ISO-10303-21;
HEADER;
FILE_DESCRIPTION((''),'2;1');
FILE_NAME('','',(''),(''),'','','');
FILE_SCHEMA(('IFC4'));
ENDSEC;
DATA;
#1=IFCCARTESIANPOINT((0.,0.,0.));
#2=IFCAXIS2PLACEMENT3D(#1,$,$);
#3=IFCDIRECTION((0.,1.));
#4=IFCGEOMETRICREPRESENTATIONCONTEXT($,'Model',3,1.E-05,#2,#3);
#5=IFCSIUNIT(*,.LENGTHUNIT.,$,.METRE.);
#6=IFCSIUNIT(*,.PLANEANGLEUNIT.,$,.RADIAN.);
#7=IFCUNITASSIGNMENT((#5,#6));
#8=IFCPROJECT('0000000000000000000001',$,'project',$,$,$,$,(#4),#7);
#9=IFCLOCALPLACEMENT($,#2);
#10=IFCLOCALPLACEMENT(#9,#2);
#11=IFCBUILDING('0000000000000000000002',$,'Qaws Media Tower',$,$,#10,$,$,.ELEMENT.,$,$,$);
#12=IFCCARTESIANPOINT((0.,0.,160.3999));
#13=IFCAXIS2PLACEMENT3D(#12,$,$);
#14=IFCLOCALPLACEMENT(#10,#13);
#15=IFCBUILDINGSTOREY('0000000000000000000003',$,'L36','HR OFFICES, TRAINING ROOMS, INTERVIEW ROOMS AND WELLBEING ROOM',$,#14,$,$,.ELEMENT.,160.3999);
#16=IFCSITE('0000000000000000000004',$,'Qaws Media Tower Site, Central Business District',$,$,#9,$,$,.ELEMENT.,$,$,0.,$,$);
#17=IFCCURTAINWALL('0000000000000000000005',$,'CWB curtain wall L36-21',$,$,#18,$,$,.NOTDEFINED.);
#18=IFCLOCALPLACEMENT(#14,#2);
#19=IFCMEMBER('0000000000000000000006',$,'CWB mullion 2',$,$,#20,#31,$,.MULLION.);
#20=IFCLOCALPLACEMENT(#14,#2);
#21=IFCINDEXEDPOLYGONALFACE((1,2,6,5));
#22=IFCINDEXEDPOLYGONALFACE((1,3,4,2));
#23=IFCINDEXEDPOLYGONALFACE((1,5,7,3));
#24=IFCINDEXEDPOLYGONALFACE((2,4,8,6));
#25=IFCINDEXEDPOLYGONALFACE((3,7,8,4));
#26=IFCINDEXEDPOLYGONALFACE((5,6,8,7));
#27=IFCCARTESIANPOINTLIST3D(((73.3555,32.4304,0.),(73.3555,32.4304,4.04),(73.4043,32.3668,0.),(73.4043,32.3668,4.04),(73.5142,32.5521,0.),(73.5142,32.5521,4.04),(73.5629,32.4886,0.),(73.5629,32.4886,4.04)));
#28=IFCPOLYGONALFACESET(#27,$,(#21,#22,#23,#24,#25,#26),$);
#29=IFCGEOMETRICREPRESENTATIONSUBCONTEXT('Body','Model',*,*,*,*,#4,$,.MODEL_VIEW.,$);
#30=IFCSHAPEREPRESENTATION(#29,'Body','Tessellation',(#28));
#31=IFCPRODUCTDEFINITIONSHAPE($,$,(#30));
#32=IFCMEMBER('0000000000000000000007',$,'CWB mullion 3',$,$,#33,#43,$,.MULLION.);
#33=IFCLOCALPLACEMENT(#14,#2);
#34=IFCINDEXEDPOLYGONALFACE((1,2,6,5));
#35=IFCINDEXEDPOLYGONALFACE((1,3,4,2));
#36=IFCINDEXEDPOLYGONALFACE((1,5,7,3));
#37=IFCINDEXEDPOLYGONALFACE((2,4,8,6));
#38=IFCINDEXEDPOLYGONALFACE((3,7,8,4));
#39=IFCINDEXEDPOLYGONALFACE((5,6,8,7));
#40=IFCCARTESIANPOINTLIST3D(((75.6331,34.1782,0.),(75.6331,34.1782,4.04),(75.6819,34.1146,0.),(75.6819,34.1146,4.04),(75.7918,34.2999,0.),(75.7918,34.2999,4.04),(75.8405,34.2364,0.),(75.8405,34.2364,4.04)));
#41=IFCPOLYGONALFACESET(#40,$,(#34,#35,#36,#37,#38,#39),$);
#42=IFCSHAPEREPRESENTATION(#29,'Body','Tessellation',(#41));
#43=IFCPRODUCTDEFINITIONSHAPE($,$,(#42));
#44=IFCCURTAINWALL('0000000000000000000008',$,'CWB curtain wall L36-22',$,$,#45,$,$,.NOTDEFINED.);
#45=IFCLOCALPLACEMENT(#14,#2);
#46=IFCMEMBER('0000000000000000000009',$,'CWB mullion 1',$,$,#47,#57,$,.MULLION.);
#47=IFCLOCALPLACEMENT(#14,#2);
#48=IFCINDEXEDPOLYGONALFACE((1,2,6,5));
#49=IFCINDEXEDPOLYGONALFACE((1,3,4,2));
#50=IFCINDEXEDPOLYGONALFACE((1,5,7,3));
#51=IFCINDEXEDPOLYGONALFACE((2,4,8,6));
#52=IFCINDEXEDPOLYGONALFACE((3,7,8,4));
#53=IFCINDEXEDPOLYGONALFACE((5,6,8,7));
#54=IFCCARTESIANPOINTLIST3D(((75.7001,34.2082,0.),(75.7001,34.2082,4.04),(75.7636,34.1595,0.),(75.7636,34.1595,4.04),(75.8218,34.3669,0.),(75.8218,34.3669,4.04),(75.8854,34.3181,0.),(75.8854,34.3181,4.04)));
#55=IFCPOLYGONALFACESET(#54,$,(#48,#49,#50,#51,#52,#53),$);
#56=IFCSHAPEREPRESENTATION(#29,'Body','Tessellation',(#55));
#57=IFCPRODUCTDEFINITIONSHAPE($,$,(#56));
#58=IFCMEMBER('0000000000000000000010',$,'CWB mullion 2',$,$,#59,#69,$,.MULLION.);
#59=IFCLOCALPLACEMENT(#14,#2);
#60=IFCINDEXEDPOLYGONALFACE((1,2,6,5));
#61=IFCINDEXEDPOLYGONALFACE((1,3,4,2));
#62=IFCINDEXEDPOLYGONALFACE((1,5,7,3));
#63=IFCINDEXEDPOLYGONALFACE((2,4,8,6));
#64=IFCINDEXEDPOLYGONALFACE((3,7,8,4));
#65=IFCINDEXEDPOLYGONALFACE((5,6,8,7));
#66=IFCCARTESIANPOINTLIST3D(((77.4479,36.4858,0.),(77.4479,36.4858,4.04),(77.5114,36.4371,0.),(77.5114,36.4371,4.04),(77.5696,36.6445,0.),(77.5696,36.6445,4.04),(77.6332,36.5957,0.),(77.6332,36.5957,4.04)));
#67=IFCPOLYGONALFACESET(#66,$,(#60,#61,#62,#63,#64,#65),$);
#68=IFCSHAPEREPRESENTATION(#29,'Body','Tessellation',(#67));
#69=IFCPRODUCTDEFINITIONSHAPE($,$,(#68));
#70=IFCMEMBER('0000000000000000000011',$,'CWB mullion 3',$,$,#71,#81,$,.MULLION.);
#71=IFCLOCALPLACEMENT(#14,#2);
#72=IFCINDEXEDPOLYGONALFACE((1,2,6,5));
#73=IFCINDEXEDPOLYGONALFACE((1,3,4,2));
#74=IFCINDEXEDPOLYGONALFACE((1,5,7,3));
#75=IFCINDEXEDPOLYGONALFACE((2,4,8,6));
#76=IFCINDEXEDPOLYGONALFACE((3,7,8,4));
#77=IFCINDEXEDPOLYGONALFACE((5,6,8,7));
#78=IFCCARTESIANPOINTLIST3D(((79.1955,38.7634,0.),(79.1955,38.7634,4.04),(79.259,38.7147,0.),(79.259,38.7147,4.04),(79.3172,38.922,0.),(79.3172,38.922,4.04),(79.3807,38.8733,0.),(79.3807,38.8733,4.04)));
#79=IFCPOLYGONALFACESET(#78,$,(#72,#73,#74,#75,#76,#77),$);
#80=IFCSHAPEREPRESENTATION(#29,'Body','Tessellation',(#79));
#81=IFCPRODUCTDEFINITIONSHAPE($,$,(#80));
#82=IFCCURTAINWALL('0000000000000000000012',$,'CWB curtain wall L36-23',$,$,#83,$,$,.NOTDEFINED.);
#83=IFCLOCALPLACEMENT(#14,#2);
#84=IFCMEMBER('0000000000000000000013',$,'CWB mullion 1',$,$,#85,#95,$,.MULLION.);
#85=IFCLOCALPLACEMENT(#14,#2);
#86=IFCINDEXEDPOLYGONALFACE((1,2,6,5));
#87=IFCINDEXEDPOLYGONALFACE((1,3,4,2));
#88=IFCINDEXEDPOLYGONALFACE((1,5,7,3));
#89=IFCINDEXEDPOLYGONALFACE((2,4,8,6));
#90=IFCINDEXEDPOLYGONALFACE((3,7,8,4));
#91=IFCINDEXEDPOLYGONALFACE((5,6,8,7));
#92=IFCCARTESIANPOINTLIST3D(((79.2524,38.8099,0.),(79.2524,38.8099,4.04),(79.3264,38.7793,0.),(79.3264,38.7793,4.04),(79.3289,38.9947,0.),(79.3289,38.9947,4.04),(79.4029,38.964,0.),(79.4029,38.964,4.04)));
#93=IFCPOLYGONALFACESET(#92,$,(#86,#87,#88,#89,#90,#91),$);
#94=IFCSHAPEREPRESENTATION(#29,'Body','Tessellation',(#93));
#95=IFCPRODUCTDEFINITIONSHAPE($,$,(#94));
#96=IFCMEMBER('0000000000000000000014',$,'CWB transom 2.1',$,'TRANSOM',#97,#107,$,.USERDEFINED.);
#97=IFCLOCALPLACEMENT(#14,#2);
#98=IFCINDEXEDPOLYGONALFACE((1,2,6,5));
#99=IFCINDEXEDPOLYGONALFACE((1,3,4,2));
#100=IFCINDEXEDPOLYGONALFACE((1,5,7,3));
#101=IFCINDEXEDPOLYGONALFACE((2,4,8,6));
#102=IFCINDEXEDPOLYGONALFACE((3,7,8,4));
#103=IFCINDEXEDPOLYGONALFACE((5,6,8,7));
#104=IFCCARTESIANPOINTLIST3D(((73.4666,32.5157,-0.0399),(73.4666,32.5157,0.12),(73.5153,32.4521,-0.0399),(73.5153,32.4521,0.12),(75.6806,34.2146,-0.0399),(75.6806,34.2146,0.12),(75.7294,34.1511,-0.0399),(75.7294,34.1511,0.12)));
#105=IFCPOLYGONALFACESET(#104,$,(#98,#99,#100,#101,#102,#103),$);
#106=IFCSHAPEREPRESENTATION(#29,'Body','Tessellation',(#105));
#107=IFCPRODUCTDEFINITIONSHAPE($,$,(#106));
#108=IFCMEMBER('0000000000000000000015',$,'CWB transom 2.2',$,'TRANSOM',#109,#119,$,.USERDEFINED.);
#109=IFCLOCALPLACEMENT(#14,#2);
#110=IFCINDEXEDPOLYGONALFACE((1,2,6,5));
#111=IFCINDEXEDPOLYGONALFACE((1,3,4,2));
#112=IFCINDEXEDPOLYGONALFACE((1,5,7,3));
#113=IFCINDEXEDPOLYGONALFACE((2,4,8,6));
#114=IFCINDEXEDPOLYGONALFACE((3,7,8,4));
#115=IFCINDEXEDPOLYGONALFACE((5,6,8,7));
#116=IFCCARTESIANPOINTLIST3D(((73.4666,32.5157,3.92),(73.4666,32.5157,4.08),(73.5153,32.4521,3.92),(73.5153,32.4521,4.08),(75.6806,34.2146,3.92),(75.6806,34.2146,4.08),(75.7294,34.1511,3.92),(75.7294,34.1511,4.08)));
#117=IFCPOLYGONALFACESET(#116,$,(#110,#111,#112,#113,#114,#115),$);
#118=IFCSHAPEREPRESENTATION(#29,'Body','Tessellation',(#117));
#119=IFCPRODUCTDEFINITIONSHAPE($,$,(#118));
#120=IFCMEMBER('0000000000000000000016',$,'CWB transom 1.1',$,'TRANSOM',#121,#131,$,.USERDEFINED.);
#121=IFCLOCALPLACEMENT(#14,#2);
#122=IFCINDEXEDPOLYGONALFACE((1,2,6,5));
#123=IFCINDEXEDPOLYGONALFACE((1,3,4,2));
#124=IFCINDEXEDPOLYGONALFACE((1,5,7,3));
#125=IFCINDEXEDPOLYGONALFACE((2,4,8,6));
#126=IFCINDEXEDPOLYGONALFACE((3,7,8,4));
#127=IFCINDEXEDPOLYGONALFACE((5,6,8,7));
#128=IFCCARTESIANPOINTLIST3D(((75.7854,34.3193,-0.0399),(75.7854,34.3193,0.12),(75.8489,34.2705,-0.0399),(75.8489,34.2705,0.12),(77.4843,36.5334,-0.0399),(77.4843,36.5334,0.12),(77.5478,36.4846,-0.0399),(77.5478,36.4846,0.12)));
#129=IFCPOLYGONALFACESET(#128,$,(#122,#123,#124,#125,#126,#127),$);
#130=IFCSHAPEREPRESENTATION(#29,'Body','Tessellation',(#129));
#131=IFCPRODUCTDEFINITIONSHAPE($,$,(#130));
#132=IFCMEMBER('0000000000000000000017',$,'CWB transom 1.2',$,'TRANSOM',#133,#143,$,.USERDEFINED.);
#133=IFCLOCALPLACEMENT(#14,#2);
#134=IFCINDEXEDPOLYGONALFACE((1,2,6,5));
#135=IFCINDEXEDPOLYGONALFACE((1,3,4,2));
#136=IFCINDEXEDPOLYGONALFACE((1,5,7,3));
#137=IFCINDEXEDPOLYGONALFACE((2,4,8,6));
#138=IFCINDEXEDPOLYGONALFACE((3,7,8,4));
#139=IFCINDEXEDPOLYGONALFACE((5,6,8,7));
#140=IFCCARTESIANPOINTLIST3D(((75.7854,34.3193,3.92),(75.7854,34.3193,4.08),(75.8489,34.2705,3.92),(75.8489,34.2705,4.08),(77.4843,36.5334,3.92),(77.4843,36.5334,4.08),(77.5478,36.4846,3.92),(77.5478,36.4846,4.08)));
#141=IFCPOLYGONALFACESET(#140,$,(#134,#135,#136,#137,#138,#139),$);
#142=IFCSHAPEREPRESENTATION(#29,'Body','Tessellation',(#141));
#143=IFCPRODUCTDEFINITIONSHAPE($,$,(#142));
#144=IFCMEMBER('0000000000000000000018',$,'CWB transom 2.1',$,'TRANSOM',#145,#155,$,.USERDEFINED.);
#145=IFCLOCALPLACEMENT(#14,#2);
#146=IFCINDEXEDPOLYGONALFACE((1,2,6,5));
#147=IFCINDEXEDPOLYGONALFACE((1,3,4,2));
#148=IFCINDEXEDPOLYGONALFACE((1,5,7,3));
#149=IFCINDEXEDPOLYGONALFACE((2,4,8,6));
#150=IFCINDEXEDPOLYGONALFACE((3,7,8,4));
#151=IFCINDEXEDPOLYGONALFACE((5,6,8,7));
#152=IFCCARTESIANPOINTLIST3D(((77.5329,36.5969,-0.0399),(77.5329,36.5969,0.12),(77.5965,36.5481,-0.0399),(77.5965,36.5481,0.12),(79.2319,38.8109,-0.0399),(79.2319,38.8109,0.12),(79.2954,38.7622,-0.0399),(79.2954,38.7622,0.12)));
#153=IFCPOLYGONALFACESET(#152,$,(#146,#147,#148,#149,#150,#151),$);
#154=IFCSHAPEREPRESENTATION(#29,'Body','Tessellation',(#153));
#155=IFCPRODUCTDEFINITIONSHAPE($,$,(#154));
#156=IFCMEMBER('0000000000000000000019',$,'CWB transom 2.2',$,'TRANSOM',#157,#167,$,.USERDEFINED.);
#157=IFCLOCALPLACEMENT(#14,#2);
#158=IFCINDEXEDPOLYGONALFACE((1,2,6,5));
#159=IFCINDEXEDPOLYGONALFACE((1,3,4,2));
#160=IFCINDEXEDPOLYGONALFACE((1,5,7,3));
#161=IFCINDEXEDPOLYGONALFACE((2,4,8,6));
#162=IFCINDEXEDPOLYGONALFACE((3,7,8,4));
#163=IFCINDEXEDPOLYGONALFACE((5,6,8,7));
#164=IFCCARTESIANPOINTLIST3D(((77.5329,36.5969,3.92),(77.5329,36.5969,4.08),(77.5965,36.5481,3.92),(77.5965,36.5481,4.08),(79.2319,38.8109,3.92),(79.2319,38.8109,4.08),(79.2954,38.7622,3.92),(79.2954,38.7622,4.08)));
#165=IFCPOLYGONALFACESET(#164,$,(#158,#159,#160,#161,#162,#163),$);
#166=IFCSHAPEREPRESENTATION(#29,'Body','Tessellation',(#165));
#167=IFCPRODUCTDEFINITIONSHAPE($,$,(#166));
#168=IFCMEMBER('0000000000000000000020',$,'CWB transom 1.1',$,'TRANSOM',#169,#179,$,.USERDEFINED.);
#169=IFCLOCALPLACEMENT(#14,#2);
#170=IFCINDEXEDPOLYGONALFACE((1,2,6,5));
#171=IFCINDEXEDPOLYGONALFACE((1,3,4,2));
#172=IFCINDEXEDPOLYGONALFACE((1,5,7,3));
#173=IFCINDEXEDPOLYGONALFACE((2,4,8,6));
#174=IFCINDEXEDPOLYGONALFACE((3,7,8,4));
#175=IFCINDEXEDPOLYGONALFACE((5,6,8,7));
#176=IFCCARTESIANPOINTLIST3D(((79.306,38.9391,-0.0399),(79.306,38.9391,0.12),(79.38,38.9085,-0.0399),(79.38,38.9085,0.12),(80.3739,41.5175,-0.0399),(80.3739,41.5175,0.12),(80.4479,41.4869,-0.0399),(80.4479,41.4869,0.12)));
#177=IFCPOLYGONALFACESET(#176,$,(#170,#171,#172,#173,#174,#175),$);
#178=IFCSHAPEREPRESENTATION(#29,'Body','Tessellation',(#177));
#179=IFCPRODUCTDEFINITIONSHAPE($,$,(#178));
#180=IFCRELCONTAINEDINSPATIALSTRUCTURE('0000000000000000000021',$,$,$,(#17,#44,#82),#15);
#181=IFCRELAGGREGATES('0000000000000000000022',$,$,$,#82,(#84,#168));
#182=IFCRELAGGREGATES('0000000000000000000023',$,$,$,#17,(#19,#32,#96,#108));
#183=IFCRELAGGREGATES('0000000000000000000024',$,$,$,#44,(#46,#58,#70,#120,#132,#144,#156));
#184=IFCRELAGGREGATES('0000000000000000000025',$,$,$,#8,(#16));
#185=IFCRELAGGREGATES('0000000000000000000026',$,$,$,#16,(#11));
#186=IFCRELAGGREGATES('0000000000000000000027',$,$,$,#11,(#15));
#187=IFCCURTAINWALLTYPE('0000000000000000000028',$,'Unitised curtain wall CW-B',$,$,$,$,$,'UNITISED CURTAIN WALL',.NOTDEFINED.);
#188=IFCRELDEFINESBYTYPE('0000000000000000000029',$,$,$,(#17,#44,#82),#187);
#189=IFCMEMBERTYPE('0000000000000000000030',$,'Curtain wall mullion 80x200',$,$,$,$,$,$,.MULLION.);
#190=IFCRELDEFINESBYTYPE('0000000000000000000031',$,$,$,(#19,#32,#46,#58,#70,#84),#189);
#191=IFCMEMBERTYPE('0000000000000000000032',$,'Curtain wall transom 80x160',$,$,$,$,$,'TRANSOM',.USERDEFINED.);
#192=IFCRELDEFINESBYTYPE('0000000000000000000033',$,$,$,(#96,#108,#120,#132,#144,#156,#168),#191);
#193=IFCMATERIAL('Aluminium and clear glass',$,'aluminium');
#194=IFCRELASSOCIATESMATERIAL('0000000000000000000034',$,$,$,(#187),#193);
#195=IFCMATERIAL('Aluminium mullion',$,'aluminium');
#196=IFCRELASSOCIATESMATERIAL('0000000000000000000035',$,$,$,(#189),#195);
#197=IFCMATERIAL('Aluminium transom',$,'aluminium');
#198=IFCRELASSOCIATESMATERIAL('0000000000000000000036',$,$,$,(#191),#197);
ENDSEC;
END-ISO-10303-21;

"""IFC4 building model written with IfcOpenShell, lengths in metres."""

from ifc_helpers import new_model, si_unit, direction, frame, origin, origin_2d, place, context, subcontext, project, spatial, rectangle, extrude, material, material_profile, profile_set, type_object, element, aggregate, save


model = new_model("IFC4")

# Units and contexts
model_context = context("Model", 3, precision=1e-05, world=origin(), true_north=direction((0.0, 1.0)))
body_context = subcontext(model_context, "Body", "Model", "MODEL_VIEW")
ifc_project = project(units=[si_unit("LENGTHUNIT", "METRE"), si_unit("PLANEANGLEUNIT", "RADIAN")], contexts=[model_context])

# Site, building, storey
site_placement = place(None, origin())
site = spatial("IfcSite", under=ifc_project, at=site_placement, Name="Qaws Media Tower Site, Central Business District", CompositionType="ELEMENT", RefElevation=0.0)
building_placement = place(site_placement, origin())
building = spatial("IfcBuilding", under=site, at=building_placement, Name="Qaws Media Tower", CompositionType="ELEMENT")
storey_placement = place(building_placement, frame((0.0, 0.0, 160.3999)))
storey = spatial("IfcBuildingStorey", under=building, at=storey_placement, Name="L36", Description="HR OFFICES, TRAINING ROOMS, INTERVIEW ROOMS AND WELLBEING ROOM", CompositionType="ELEMENT", Elevation=160.3999)

# Curtain walls, members
ifc_material_1 = material(Name="Aluminium and clear glass", Category="aluminium")
curtain_wall_type = type_object("IfcCurtainWallType", Name="Unitised curtain wall CW-B", ElementType="UNITISED CURTAIN WALL", PredefinedType="NOTDEFINED", material=ifc_material_1)
curtain_wall_1_placement = place(storey_placement, origin())
curtain_wall_1 = element("IfcCurtainWall", 1, at=curtain_wall_1_placement, inside=storey, type_object=curtain_wall_type, Name="CWB curtain wall L36-21", PredefinedType="NOTDEFINED")
ifc_material_2 = material(Name="Aluminium mullion", Category="aluminium")
ifc_material_profile_1 = material_profile(ifc_material_2, rectangle(XDim=0.0801, YDim=0.2, at=origin_2d()), Name="80x200")
ifc_profile_set_1 = profile_set([ifc_material_profile_1], Name="Aluminium mullion")
member_type_1 = type_object("IfcMemberType", Name="Curtain wall mullion 80x200", PredefinedType="MULLION", material=ifc_profile_set_1)
member_1_placement = place(storey_placement, frame((73.4592, 32.4595, 0.0), z_axis=(0.0, 0.0, 1.0), x_axis=(-0.608762, 0.793353, 0.0)))
member_1 = element("IfcMember", 2, at=member_1_placement, type_object=member_type_1, Name="CWB mullion 2", PredefinedType="MULLION", context=body_context, shape_type="SweptSolid", body=[
    extrude(rectangle(XDim=0.0801, YDim=0.2, at=origin_2d()), origin(), (0.0, 0.0, 1.0), 4.04),
])
member_2_placement = place(storey_placement, frame((75.7368, 34.2073, 0.0), z_axis=(0.0, 0.0, 1.0), x_axis=(-0.608762, 0.793353, 0.0)))
member_2 = element("IfcMember", 3, at=member_2_placement, type_object=member_type_1, Name="CWB mullion 3", PredefinedType="MULLION", context=body_context, shape_type="SweptSolid", body=[
    extrude(rectangle(XDim=0.0801, YDim=0.2, at=origin_2d()), origin(), (0.0, 0.0, 1.0), 4.04),
])
curtain_wall_2_placement = place(storey_placement, origin())
curtain_wall_2 = element("IfcCurtainWall", 4, at=curtain_wall_2_placement, inside=storey, type_object=curtain_wall_type, Name="CWB curtain wall L36-22", PredefinedType="NOTDEFINED")
member_3_placement = place(storey_placement, frame((75.7927, 34.2632, 0.0), z_axis=(0.0, 0.0, 1.0), x_axis=(-0.793353, 0.608762, 0.0)))
member_3 = element("IfcMember", 5, at=member_3_placement, type_object=member_type_1, Name="CWB mullion 1", PredefinedType="MULLION", context=body_context, shape_type="SweptSolid", body=[
    extrude(rectangle(XDim=0.0801, YDim=0.2, at=origin_2d()), origin(), (0.0, 0.0, 1.0), 4.04),
])
member_4_placement = place(storey_placement, frame((77.5405, 36.5408, 0.0), z_axis=(0.0, 0.0, 1.0), x_axis=(-0.793353, 0.608762, 0.0)))
member_4 = element("IfcMember", 6, at=member_4_placement, type_object=member_type_1, Name="CWB mullion 2", PredefinedType="MULLION", context=body_context, shape_type="SweptSolid", body=[
    extrude(rectangle(XDim=0.0801, YDim=0.2, at=origin_2d()), origin(), (0.0, 0.0, 1.0), 4.04),
])
member_5_placement = place(storey_placement, frame((79.2881, 38.8184, 0.0), z_axis=(0.0, 0.0, 1.0), x_axis=(-0.793353, 0.608762, 0.0)))
member_5 = element("IfcMember", 7, at=member_5_placement, type_object=member_type_1, Name="CWB mullion 3", PredefinedType="MULLION", context=body_context, shape_type="SweptSolid", body=[
    extrude(rectangle(XDim=0.0801, YDim=0.2, at=origin_2d()), origin(), (0.0, 0.0, 1.0), 4.04),
])

# Curtain wall, member
curtain_wall_3_placement = place(storey_placement, origin())
curtain_wall_3 = element("IfcCurtainWall", 8, at=curtain_wall_3_placement, inside=storey, type_object=curtain_wall_type, Name="CWB curtain wall L36-23", PredefinedType="NOTDEFINED")
member_6_placement = place(storey_placement, frame((79.3276, 38.887, 0.0), z_axis=(0.0, 0.0, 1.0), x_axis=(-0.92388, 0.382683, 0.0)))
member_6 = element("IfcMember", 9, at=member_6_placement, type_object=member_type_1, Name="CWB mullion 1", PredefinedType="MULLION", context=body_context, shape_type="SweptSolid", body=[
    extrude(rectangle(XDim=0.0801, YDim=0.2, at=origin_2d()), origin(), (0.0, 0.0, 1.0), 4.04),
])

# Members
ifc_material_3 = material(Name="Aluminium transom", Category="aluminium")
ifc_material_profile_2 = material_profile(ifc_material_3, rectangle(XDim=0.0801, YDim=0.1599, at=origin_2d()), Name="80x160")
ifc_profile_set_2 = profile_set([ifc_material_profile_2], Name="Aluminium transom")
member_type_2 = type_object("IfcMemberType", Name="Curtain wall transom 80x160", ElementType="TRANSOM", PredefinedType="USERDEFINED", material=ifc_profile_set_2)
member_7_placement = place(storey_placement, frame((73.491, 32.4839, 0.04), z_axis=(0.793349, 0.608768, 0.0), x_axis=(-0.608768, 0.793349, 0.0)))
member_7 = element("IfcMember", 10, at=member_7_placement, type_object=member_type_2, Name="CWB transom 2.1", ObjectType="TRANSOM", PredefinedType="USERDEFINED", context=body_context, shape_type="SweptSolid", body=[
    extrude(rectangle(XDim=0.0801, YDim=0.1599, at=origin_2d()), origin(), (0.0, 0.0, 1.0), 2.7908),
])
member_8_placement = place(storey_placement, frame((73.491, 32.4839, 4.0), z_axis=(0.793349, 0.608768, 0.0), x_axis=(-0.608768, 0.793349, 0.0)))
member_8 = element("IfcMember", 11, at=member_8_placement, type_object=member_type_2, Name="CWB transom 2.2", ObjectType="TRANSOM", PredefinedType="USERDEFINED", context=body_context, shape_type="SweptSolid", body=[
    extrude(rectangle(XDim=0.0801, YDim=0.1599, at=origin_2d()), origin(), (0.0, 0.0, 1.0), 2.7908),
])
member_9_placement = place(storey_placement, frame((75.8171, 34.2949, 0.04), z_axis=(0.608768, 0.793349, 0.0), x_axis=(-0.793349, 0.608768, 0.0)))
member_9 = element("IfcMember", 12, at=member_9_placement, type_object=member_type_2, Name="CWB transom 1.1", ObjectType="TRANSOM", PredefinedType="USERDEFINED", context=body_context, shape_type="SweptSolid", body=[
    extrude(rectangle(XDim=0.0801, YDim=0.1599, at=origin_2d()), origin(), (0.0, 0.0, 1.0), 2.7908),
])
member_10_placement = place(storey_placement, frame((75.8171, 34.2949, 4.0), z_axis=(0.608768, 0.793349, 0.0), x_axis=(-0.793349, 0.608768, 0.0)))
member_10 = element("IfcMember", 13, at=member_10_placement, type_object=member_type_2, Name="CWB transom 1.2", ObjectType="TRANSOM", PredefinedType="USERDEFINED", context=body_context, shape_type="SweptSolid", body=[
    extrude(rectangle(XDim=0.0801, YDim=0.1599, at=origin_2d()), origin(), (0.0, 0.0, 1.0), 2.7908),
])
member_11_placement = place(storey_placement, frame((77.5647, 36.5725, 0.04), z_axis=(0.608768, 0.793349, 0.0), x_axis=(-0.793349, 0.608768, 0.0)))
member_11 = element("IfcMember", 14, at=member_11_placement, type_object=member_type_2, Name="CWB transom 2.1", ObjectType="TRANSOM", PredefinedType="USERDEFINED", context=body_context, shape_type="SweptSolid", body=[
    extrude(rectangle(XDim=0.0801, YDim=0.1599, at=origin_2d()), origin(), (0.0, 0.0, 1.0), 2.7908),
])
member_12_placement = place(storey_placement, frame((77.5647, 36.5725, 4.0), z_axis=(0.608768, 0.793349, 0.0), x_axis=(-0.793349, 0.608768, 0.0)))
member_12 = element("IfcMember", 15, at=member_12_placement, type_object=member_type_2, Name="CWB transom 2.2", ObjectType="TRANSOM", PredefinedType="USERDEFINED", context=body_context, shape_type="SweptSolid", body=[
    extrude(rectangle(XDim=0.0801, YDim=0.1599, at=origin_2d()), origin(), (0.0, 0.0, 1.0), 2.7908),
])
member_13_placement = place(storey_placement, frame((79.343, 38.9238, 0.04), z_axis=(0.382645, 0.923895, 0.0), x_axis=(-0.923895, 0.382645, 0.0)))
member_13 = element("IfcMember", 16, at=member_13_placement, type_object=member_type_2, Name="CWB transom 1.1", ObjectType="TRANSOM", PredefinedType="USERDEFINED", context=body_context, shape_type="SweptSolid", body=[
    extrude(rectangle(XDim=0.0801, YDim=0.1599, at=origin_2d()), origin(), (0.0, 0.0, 1.0), 2.7908),
])
aggregate(curtain_wall_3, [member_6, member_13])

aggregate(curtain_wall_1, [member_1, member_2, member_7, member_8])
aggregate(curtain_wall_2, [member_3, member_4, member_5, member_9, member_10, member_11, member_12])

save(model, "model.ifc")
